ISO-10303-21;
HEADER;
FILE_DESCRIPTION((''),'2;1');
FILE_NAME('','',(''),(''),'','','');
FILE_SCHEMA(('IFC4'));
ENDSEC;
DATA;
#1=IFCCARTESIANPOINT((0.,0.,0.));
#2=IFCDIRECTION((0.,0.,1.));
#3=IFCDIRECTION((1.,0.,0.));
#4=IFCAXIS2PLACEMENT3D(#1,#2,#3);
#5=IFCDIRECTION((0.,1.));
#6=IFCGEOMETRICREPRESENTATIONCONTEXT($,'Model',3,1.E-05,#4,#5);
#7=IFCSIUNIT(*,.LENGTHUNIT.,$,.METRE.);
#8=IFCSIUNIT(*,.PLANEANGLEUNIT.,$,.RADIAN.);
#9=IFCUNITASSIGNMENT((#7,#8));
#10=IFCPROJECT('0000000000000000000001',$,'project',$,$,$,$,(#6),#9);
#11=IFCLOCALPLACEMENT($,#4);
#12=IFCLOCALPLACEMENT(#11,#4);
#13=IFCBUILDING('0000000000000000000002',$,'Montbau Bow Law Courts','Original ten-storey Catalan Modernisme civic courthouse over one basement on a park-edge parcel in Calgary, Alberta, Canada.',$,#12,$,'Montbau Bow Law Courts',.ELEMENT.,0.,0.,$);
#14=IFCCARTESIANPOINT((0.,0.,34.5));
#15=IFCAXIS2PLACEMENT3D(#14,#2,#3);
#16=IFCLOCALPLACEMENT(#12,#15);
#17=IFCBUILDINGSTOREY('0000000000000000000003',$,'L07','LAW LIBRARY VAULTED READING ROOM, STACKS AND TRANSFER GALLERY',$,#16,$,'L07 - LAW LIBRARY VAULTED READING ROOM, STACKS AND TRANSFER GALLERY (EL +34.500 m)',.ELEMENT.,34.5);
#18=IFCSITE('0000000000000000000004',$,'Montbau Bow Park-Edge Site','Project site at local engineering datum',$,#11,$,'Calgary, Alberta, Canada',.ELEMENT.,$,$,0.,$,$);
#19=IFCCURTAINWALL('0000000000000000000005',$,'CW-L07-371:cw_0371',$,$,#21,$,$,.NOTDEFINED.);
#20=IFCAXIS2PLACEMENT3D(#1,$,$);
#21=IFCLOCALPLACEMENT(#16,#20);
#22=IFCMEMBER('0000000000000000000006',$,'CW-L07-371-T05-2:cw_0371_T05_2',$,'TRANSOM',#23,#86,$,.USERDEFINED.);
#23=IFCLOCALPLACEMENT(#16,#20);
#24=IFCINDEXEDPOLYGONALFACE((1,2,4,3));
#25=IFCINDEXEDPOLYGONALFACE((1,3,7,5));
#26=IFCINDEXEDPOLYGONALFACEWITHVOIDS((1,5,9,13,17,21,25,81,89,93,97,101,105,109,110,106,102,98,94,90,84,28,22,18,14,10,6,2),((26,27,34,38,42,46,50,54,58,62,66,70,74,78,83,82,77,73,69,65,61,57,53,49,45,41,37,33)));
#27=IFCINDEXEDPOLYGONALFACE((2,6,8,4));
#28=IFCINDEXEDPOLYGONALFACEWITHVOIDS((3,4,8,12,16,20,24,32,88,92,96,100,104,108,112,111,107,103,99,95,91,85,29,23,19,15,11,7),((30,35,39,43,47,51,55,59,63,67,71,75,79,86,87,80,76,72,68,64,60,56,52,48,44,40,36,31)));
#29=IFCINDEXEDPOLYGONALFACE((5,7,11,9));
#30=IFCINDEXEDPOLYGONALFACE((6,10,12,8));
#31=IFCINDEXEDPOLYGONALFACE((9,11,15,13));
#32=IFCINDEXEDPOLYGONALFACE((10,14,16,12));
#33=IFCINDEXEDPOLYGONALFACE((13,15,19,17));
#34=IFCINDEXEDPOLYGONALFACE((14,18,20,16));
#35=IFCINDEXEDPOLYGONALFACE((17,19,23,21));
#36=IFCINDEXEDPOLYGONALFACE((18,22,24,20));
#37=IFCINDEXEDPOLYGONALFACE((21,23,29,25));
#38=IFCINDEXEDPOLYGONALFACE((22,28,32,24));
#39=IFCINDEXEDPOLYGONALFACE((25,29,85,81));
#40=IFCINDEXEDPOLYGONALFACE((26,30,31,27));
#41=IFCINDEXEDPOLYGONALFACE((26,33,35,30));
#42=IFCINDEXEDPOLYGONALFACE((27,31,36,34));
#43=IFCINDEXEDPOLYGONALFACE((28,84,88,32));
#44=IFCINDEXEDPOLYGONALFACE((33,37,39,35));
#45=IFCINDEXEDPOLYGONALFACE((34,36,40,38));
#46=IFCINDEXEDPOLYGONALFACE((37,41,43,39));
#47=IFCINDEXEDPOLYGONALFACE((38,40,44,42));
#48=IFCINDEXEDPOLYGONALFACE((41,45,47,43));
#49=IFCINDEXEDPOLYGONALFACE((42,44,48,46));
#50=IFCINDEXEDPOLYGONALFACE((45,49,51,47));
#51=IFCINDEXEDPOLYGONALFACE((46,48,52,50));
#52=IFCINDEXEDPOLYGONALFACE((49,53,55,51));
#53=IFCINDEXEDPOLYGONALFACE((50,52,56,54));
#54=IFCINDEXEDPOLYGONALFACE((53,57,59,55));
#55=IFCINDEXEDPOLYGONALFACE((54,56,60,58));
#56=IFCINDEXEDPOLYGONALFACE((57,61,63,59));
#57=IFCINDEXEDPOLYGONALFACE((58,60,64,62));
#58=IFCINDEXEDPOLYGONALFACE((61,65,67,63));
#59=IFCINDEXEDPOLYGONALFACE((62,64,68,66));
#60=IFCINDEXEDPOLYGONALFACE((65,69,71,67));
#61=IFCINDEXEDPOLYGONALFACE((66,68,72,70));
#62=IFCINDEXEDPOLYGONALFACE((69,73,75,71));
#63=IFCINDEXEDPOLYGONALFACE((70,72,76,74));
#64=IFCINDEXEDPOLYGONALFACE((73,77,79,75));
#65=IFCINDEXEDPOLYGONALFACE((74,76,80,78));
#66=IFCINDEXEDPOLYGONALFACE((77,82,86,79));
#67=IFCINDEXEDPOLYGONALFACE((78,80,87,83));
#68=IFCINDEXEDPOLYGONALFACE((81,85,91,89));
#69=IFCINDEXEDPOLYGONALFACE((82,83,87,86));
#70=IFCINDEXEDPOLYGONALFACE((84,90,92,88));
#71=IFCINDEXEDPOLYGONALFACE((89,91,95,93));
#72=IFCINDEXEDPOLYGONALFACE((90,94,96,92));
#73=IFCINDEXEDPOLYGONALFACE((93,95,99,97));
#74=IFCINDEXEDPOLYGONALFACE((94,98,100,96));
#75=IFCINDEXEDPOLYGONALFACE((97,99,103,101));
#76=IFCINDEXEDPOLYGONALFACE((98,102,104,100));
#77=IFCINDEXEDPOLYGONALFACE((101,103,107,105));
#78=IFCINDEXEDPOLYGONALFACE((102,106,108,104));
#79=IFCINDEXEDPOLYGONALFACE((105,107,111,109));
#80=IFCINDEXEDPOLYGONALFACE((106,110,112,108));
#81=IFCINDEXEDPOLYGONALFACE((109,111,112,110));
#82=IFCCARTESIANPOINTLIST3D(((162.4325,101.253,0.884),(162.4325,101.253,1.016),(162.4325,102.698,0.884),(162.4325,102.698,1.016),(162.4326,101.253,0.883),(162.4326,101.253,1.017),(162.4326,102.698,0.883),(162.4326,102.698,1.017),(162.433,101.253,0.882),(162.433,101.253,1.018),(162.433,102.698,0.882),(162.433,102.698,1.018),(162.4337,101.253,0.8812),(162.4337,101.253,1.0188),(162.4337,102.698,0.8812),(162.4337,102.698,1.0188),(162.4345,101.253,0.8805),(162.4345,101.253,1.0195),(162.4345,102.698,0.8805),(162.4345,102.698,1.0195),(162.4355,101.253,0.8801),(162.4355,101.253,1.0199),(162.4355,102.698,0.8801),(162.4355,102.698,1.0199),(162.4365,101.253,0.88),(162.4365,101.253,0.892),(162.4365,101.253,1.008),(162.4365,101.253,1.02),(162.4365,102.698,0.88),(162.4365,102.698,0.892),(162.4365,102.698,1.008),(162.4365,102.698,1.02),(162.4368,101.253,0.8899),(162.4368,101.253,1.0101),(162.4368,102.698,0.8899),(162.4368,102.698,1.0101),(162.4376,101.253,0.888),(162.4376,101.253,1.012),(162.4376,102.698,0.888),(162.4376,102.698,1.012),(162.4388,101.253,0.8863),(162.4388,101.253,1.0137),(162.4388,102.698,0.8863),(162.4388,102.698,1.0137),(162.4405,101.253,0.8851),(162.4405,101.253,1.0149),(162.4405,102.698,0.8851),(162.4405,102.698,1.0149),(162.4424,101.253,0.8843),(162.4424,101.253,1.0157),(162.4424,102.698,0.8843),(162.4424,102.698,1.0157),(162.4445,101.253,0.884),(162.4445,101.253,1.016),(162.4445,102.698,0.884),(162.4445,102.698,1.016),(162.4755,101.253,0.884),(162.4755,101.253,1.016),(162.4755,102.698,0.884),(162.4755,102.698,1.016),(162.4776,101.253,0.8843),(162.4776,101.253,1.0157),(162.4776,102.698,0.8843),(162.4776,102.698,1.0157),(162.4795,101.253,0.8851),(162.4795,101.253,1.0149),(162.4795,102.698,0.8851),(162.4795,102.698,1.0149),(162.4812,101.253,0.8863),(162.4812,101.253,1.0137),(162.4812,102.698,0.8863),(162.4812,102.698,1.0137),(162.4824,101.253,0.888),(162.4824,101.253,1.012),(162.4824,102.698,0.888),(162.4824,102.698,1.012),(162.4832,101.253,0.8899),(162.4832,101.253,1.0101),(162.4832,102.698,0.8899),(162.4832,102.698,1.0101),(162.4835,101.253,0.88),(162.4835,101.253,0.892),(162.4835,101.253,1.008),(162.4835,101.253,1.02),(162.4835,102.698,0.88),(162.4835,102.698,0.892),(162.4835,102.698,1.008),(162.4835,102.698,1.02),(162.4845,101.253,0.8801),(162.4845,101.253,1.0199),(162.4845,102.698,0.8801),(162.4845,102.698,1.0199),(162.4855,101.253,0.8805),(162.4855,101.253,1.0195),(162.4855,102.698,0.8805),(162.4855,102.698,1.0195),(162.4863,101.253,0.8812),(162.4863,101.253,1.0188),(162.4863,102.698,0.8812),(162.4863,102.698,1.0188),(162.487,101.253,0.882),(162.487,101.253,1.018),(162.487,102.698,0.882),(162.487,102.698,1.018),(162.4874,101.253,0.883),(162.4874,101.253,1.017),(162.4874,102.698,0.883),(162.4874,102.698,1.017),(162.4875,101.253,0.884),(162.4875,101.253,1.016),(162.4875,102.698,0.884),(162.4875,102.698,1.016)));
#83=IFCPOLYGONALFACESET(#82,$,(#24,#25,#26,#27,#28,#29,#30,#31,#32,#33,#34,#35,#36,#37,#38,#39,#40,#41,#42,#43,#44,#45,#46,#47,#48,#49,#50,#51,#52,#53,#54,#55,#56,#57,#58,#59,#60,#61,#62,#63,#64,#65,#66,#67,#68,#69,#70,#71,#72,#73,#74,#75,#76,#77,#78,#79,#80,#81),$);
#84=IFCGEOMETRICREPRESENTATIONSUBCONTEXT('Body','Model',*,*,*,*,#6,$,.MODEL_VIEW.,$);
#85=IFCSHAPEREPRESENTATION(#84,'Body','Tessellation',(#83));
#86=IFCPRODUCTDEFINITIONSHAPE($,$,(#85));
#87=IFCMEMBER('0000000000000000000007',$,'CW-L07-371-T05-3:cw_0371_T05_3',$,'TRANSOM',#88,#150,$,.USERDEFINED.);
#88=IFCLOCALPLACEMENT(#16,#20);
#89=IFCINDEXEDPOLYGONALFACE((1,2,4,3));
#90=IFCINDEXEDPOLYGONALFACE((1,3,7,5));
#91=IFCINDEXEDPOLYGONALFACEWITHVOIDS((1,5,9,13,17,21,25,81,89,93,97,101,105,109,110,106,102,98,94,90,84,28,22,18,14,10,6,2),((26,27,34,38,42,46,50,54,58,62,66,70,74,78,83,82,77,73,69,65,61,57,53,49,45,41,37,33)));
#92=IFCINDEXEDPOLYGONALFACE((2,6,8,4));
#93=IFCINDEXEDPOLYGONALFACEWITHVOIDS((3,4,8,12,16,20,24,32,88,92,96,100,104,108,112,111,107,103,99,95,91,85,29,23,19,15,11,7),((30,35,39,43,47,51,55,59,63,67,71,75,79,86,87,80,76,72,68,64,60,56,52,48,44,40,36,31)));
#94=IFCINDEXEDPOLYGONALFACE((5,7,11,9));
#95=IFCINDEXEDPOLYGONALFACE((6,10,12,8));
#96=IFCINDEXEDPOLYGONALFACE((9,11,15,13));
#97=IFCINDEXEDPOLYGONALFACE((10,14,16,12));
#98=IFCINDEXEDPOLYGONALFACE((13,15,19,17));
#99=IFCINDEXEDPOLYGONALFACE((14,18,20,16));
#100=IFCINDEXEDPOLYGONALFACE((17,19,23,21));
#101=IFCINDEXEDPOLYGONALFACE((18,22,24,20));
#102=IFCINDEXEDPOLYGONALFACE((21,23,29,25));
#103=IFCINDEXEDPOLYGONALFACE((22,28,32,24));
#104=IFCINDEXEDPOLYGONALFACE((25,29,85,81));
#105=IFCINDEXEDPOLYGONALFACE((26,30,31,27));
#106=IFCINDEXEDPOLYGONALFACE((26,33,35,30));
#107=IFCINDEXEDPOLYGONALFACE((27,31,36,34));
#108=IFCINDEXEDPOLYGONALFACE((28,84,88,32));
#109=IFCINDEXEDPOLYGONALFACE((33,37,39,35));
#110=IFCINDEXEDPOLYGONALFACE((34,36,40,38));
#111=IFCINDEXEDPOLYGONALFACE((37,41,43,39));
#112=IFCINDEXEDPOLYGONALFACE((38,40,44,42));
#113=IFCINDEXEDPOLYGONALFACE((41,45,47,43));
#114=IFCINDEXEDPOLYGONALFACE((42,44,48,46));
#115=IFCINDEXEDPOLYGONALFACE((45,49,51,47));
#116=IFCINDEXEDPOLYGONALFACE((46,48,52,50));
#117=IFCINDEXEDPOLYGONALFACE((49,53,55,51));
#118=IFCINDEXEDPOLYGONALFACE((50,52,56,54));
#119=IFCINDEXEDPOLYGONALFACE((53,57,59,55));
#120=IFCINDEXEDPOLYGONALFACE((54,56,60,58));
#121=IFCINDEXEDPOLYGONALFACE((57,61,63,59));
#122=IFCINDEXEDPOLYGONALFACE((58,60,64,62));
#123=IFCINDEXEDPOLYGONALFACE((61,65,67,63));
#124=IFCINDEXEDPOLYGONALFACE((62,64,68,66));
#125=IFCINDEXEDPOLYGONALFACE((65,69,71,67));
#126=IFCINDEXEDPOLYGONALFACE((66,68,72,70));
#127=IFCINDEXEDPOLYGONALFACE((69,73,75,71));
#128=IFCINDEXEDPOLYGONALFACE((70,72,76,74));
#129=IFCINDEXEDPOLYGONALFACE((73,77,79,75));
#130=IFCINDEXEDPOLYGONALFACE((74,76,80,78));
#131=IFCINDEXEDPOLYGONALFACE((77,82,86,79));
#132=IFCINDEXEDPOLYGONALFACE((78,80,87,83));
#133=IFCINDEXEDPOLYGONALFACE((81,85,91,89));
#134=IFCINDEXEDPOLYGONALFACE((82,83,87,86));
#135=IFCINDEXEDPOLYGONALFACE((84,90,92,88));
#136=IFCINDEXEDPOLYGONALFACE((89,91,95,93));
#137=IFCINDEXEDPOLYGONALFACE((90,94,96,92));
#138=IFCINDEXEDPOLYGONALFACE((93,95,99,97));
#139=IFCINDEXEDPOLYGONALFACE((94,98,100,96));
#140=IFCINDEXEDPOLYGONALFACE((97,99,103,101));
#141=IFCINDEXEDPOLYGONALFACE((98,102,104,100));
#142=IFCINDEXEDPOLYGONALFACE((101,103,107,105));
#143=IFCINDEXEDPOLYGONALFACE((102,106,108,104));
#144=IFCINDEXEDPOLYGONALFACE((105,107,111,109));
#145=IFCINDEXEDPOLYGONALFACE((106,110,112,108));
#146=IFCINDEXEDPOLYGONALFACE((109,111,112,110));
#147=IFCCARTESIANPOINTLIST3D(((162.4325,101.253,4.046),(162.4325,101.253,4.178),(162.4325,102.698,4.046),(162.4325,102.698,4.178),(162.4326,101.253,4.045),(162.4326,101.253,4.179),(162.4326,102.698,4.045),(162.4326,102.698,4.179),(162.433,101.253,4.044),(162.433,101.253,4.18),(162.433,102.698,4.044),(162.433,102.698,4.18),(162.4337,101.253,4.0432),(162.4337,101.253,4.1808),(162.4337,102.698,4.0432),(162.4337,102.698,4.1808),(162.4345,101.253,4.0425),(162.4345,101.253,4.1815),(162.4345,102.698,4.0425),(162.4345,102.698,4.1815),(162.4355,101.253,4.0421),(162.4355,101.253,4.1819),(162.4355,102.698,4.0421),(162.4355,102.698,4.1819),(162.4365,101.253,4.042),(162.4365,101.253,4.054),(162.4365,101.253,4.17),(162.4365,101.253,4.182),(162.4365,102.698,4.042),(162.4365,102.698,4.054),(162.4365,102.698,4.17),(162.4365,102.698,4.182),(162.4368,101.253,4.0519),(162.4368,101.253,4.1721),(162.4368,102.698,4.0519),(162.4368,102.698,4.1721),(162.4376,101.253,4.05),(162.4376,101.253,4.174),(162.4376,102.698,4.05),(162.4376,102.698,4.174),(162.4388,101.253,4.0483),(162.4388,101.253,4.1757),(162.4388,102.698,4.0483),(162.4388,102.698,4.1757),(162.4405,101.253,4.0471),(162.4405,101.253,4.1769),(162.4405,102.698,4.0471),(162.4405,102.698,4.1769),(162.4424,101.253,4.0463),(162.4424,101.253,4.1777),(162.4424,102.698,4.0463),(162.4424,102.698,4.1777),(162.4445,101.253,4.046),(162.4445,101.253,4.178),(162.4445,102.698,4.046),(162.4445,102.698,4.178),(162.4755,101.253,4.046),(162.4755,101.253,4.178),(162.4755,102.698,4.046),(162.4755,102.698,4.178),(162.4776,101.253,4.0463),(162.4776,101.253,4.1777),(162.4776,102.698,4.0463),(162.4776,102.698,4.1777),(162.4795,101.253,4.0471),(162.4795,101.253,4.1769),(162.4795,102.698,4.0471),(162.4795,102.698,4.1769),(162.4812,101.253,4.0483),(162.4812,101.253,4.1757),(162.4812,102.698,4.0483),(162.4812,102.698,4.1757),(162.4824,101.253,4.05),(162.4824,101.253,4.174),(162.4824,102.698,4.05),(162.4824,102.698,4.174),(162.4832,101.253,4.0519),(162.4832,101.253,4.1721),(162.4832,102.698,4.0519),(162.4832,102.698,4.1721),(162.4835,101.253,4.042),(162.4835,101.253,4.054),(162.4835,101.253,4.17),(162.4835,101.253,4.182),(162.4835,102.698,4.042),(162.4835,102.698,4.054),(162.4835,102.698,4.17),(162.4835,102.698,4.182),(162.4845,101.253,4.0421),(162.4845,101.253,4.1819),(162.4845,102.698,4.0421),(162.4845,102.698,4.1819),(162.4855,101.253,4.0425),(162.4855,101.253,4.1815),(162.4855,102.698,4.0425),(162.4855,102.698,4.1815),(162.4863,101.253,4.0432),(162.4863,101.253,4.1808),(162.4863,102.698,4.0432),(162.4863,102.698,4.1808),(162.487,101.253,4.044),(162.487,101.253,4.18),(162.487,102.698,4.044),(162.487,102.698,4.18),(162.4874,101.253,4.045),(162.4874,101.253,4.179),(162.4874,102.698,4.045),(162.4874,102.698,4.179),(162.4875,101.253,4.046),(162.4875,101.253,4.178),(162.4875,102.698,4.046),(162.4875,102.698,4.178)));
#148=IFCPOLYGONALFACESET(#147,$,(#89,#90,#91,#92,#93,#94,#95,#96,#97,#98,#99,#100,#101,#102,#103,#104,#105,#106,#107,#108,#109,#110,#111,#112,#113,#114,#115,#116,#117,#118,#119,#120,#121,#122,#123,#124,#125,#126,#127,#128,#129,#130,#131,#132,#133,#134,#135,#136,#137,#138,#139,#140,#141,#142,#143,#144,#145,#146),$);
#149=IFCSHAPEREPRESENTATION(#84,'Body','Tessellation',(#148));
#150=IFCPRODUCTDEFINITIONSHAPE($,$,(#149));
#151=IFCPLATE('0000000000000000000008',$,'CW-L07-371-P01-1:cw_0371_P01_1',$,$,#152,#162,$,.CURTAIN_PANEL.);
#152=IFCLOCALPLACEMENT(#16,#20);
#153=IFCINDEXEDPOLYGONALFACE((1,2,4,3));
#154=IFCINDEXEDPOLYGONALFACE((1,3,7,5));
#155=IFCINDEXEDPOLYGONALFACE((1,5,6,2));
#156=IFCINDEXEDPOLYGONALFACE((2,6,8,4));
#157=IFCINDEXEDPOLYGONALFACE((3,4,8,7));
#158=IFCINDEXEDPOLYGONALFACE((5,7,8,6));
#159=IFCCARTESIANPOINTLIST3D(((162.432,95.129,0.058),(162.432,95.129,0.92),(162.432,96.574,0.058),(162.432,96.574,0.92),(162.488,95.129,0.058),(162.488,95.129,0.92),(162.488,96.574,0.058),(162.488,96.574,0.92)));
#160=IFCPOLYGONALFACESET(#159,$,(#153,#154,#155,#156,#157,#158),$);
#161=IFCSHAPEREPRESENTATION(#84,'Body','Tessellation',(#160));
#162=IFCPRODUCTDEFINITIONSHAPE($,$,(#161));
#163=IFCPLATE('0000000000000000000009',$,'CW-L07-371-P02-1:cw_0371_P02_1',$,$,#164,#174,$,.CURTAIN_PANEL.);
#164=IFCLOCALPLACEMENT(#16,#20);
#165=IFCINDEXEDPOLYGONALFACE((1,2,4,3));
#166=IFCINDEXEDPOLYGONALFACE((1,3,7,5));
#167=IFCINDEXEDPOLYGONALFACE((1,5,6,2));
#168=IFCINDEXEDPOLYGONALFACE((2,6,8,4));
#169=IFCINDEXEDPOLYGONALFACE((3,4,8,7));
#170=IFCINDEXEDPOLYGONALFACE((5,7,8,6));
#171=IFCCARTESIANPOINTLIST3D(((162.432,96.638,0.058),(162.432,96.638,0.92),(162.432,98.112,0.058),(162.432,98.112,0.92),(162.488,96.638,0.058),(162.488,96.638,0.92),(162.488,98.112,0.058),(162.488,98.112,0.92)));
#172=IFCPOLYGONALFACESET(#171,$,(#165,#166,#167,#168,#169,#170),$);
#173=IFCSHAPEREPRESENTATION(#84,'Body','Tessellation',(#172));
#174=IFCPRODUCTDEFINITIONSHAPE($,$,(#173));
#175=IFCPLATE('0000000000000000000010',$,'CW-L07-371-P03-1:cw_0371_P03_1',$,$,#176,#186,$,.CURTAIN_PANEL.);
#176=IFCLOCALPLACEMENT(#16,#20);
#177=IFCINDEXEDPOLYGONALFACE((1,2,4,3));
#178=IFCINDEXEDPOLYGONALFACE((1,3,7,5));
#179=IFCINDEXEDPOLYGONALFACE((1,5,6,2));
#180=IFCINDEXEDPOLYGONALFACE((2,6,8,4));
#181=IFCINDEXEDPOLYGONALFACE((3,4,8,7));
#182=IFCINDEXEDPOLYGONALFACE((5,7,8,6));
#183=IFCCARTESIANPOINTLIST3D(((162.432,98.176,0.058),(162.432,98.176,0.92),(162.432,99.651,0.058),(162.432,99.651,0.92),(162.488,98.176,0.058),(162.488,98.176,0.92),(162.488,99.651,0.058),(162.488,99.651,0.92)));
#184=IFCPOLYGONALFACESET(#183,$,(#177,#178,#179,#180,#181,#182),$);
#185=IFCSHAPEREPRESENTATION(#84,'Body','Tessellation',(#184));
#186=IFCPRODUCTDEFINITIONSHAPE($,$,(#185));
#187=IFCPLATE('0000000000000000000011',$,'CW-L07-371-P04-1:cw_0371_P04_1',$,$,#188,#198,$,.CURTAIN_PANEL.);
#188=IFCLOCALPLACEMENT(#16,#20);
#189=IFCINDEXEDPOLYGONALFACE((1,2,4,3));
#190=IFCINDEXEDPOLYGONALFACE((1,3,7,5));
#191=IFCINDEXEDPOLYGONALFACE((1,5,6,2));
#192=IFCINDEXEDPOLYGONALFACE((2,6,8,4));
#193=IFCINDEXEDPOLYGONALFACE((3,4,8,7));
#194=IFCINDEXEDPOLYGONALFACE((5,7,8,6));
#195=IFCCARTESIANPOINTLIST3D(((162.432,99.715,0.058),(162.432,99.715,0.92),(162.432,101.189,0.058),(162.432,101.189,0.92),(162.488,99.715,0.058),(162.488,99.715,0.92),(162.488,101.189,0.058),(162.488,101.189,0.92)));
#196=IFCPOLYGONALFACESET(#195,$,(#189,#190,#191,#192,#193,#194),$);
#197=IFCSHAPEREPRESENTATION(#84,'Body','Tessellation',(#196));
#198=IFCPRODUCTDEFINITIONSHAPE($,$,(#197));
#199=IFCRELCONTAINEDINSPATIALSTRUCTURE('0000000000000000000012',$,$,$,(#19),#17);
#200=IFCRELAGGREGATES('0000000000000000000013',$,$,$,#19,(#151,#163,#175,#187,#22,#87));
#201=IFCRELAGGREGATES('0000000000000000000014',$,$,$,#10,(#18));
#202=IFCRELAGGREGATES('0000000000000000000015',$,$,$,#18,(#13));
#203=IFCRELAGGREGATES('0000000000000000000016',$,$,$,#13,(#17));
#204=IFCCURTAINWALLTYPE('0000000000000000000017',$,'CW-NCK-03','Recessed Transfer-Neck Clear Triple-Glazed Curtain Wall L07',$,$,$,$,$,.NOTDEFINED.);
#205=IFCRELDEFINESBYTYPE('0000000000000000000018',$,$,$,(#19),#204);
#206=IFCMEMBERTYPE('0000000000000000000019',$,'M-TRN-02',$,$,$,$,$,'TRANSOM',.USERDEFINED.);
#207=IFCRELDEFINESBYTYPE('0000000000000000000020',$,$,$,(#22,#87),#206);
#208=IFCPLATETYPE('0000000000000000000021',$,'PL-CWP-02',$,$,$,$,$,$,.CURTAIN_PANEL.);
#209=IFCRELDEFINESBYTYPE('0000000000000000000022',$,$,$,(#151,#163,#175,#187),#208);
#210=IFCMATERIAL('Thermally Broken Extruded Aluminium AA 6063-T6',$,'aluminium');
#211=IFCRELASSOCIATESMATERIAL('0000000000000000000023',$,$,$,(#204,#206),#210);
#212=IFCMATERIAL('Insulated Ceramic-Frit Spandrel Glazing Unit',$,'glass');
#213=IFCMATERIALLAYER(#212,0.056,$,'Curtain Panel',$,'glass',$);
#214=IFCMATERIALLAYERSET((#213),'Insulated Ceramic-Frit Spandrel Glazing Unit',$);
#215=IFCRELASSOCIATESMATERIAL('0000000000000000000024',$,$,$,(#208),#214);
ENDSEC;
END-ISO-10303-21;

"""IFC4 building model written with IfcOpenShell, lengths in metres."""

from ifc_helpers import new_model, si_unit, direction, frame, frame_2d, origin_with_axes, origin_2d_with_axis, place, context, subcontext, project, spatial, rectangle, hollow_rectangle, extrude, material, layer, layer_set, material_profile, profile_set, type_object, element, aggregate, save


model = new_model("IFC4")

# Units and contexts
model_context = context("Model", 3, precision=1e-05, world=origin_with_axes(), true_north=direction((0.0, 1.0)))
body_context = subcontext(model_context, "Body", "Model", "MODEL_VIEW")
ifc_project = project(units=[si_unit("LENGTHUNIT", "METRE"), si_unit("PLANEANGLEUNIT", "RADIAN")], contexts=[model_context])

# Site, building, storey
site_placement = place(None, origin_with_axes())
site = spatial("IfcSite", under=ifc_project, at=site_placement, Name="Montbau Bow Park-Edge Site", Description="Project site at local engineering datum", LongName="Calgary, Alberta, Canada", CompositionType="ELEMENT", RefElevation=0.0)
building_placement = place(site_placement, origin_with_axes())
building = spatial("IfcBuilding", under=site, at=building_placement, Name="Montbau Bow Law Courts", Description="Original ten-storey Catalan Modernisme civic courthouse over one basement on a park-edge parcel in Calgary, Alberta, Canada.", LongName="Montbau Bow Law Courts", CompositionType="ELEMENT", ElevationOfRefHeight=0.0, ElevationOfTerrain=0.0)
storey_placement = place(building_placement, frame((0.0, 0.0, 34.5), z_axis=(0.0, 0.0, 1.0), x_axis=(1.0, 0.0, 0.0)))
storey = spatial("IfcBuildingStorey", under=building, at=storey_placement, Name="L07", Description="LAW LIBRARY VAULTED READING ROOM, STACKS AND TRANSFER GALLERY", LongName="L07 - LAW LIBRARY VAULTED READING ROOM, STACKS AND TRANSFER GALLERY (EL +34.500 m)", CompositionType="ELEMENT", Elevation=34.5)

# Curtain wall, members, plates
ifc_material_1 = material(Name="Thermally Broken Extruded Aluminium AA 6063-T6", Category="aluminium")
curtain_wall_type = type_object("IfcCurtainWallType", Name="CW-NCK-03", Description="Recessed Transfer-Neck Clear Triple-Glazed Curtain Wall L07", PredefinedType="NOTDEFINED", material=ifc_material_1)
curtain_wall_placement = place(None, frame((162.46, 95.067, 34.5), z_axis=(0.0, 0.0, 1.0), x_axis=(1.0, 0.0, 0.0)))
curtain_wall = element("IfcCurtainWall", 1, at=curtain_wall_placement, inside=storey, type_object=curtain_wall_type, Name="CW-L07-371:cw_0371", PredefinedType="NOTDEFINED")
ifc_material_profile_1 = material_profile(ifc_material_1, hollow_rectangle(XDim=0.055, YDim=0.14, WallThickness=0.004, InnerFilletRadius=0.008, OuterFilletRadius=0.004, at=origin_2d_with_axis()), Name="CWT-140X55", Category="Main", Priority=0)
ifc_profile_set_1 = profile_set([ifc_material_profile_1], Name="Thermally Broken Extruded Aluminium AA 6063-T6")
member_type_1 = type_object("IfcMemberType", Name="M-TRN-02", ElementType="TRANSOM", PredefinedType="USERDEFINED", material=ifc_profile_set_1)
member_1_placement = place(None, frame((162.46, 101.253, 35.45), z_axis=(0.0, 1.0, 0.0), x_axis=(-1.0, 0.0, 0.0)))
member_1 = element("IfcMember", 2, at=member_1_placement, type_object=member_type_1, Name="CW-L07-371-T05-2:cw_0371_T05_2", ObjectType="TRANSOM", PredefinedType="USERDEFINED", context=body_context, shape_type="SweptSolid", body=[
    extrude(hollow_rectangle(XDim=0.055, YDim=0.14, WallThickness=0.004, InnerFilletRadius=0.008, OuterFilletRadius=0.004, at=origin_2d_with_axis()), origin_with_axes(), (0.0, 0.0, 1.0), 1.445),
])
member_2_placement = place(None, frame((162.46, 101.253, 38.612), z_axis=(0.0, 1.0, 0.0), x_axis=(-1.0, 0.0, 0.0)))
member_2 = element("IfcMember", 3, at=member_2_placement, type_object=member_type_1, Name="CW-L07-371-T05-3:cw_0371_T05_3", ObjectType="TRANSOM", PredefinedType="USERDEFINED", context=body_context, shape_type="SweptSolid", body=[
    extrude(hollow_rectangle(XDim=0.055, YDim=0.14, WallThickness=0.004, InnerFilletRadius=0.008, OuterFilletRadius=0.004, at=origin_2d_with_axis()), origin_with_axes(), (0.0, 0.0, 1.0), 1.445),
])
ifc_material_2 = material(Name="Insulated Ceramic-Frit Spandrel Glazing Unit", Category="glass")
ifc_layer_1 = layer(ifc_material_2, 0.056, Name="Curtain Panel", Category="glass")
ifc_layer_set_1 = layer_set([ifc_layer_1], Name="Insulated Ceramic-Frit Spandrel Glazing Unit")
plate_type_1 = type_object("IfcPlateType", Name="PL-CWP-02", PredefinedType="CURTAIN_PANEL", material=ifc_layer_set_1)
plate_1_placement = place(None, frame((162.46, 95.129, 34.558), z_axis=(1.0, 0.0, 0.0), x_axis=(0.0, 1.0, 0.0)))
plate_1 = element("IfcPlate", 4, at=plate_1_placement, type_object=plate_type_1, Name="CW-L07-371-P01-1:cw_0371_P01_1", PredefinedType="CURTAIN_PANEL", context=body_context, shape_type="SweptSolid", body=[
    extrude(rectangle(XDim=1.445, YDim=0.862, at=frame_2d((0.7225, 0.431), x_axis=(1.0, 0.0))), frame((0.0, 0.0, -0.028), z_axis=(0.0, 0.0, 1.0), x_axis=(1.0, 0.0, 0.0)), (0.0, 0.0, 1.0), 0.056),
])
plate_2_placement = place(None, frame((162.46, 96.638, 34.558), z_axis=(1.0, 0.0, 0.0), x_axis=(0.0, 1.0, 0.0)))
plate_2 = element("IfcPlate", 5, at=plate_2_placement, type_object=plate_type_1, Name="CW-L07-371-P02-1:cw_0371_P02_1", PredefinedType="CURTAIN_PANEL", context=body_context, shape_type="SweptSolid", body=[
    extrude(rectangle(XDim=1.474, YDim=0.862, at=frame_2d((0.737, 0.431), x_axis=(1.0, 0.0))), frame((0.0, 0.0, -0.028), z_axis=(0.0, 0.0, 1.0), x_axis=(1.0, 0.0, 0.0)), (0.0, 0.0, 1.0), 0.056),
])
plate_3_placement = place(None, frame((162.46, 98.176, 34.558), z_axis=(1.0, 0.0, 0.0), x_axis=(0.0, 1.0, 0.0)))
plate_3 = element("IfcPlate", 6, at=plate_3_placement, type_object=plate_type_1, Name="CW-L07-371-P03-1:cw_0371_P03_1", PredefinedType="CURTAIN_PANEL", context=body_context, shape_type="SweptSolid", body=[
    extrude(rectangle(XDim=1.475, YDim=0.862, at=frame_2d((0.7375, 0.431), x_axis=(1.0, 0.0))), frame((0.0, 0.0, -0.028), z_axis=(0.0, 0.0, 1.0), x_axis=(1.0, 0.0, 0.0)), (0.0, 0.0, 1.0), 0.056),
])
plate_4_placement = place(None, frame((162.46, 99.715, 34.558), z_axis=(1.0, 0.0, 0.0), x_axis=(0.0, 1.0, 0.0)))
plate_4 = element("IfcPlate", 7, at=plate_4_placement, type_object=plate_type_1, Name="CW-L07-371-P04-1:cw_0371_P04_1", PredefinedType="CURTAIN_PANEL", context=body_context, shape_type="SweptSolid", body=[
    extrude(rectangle(XDim=1.474, YDim=0.862, at=frame_2d((0.737, 0.431), x_axis=(1.0, 0.0))), frame((0.0, 0.0, -0.028), z_axis=(0.0, 0.0, 1.0), x_axis=(1.0, 0.0, 0.0)), (0.0, 0.0, 1.0), 0.056),
])
aggregate(curtain_wall, [plate_1, plate_2, plate_3, plate_4, member_1, member_2])

save(model, "model.ifc")
